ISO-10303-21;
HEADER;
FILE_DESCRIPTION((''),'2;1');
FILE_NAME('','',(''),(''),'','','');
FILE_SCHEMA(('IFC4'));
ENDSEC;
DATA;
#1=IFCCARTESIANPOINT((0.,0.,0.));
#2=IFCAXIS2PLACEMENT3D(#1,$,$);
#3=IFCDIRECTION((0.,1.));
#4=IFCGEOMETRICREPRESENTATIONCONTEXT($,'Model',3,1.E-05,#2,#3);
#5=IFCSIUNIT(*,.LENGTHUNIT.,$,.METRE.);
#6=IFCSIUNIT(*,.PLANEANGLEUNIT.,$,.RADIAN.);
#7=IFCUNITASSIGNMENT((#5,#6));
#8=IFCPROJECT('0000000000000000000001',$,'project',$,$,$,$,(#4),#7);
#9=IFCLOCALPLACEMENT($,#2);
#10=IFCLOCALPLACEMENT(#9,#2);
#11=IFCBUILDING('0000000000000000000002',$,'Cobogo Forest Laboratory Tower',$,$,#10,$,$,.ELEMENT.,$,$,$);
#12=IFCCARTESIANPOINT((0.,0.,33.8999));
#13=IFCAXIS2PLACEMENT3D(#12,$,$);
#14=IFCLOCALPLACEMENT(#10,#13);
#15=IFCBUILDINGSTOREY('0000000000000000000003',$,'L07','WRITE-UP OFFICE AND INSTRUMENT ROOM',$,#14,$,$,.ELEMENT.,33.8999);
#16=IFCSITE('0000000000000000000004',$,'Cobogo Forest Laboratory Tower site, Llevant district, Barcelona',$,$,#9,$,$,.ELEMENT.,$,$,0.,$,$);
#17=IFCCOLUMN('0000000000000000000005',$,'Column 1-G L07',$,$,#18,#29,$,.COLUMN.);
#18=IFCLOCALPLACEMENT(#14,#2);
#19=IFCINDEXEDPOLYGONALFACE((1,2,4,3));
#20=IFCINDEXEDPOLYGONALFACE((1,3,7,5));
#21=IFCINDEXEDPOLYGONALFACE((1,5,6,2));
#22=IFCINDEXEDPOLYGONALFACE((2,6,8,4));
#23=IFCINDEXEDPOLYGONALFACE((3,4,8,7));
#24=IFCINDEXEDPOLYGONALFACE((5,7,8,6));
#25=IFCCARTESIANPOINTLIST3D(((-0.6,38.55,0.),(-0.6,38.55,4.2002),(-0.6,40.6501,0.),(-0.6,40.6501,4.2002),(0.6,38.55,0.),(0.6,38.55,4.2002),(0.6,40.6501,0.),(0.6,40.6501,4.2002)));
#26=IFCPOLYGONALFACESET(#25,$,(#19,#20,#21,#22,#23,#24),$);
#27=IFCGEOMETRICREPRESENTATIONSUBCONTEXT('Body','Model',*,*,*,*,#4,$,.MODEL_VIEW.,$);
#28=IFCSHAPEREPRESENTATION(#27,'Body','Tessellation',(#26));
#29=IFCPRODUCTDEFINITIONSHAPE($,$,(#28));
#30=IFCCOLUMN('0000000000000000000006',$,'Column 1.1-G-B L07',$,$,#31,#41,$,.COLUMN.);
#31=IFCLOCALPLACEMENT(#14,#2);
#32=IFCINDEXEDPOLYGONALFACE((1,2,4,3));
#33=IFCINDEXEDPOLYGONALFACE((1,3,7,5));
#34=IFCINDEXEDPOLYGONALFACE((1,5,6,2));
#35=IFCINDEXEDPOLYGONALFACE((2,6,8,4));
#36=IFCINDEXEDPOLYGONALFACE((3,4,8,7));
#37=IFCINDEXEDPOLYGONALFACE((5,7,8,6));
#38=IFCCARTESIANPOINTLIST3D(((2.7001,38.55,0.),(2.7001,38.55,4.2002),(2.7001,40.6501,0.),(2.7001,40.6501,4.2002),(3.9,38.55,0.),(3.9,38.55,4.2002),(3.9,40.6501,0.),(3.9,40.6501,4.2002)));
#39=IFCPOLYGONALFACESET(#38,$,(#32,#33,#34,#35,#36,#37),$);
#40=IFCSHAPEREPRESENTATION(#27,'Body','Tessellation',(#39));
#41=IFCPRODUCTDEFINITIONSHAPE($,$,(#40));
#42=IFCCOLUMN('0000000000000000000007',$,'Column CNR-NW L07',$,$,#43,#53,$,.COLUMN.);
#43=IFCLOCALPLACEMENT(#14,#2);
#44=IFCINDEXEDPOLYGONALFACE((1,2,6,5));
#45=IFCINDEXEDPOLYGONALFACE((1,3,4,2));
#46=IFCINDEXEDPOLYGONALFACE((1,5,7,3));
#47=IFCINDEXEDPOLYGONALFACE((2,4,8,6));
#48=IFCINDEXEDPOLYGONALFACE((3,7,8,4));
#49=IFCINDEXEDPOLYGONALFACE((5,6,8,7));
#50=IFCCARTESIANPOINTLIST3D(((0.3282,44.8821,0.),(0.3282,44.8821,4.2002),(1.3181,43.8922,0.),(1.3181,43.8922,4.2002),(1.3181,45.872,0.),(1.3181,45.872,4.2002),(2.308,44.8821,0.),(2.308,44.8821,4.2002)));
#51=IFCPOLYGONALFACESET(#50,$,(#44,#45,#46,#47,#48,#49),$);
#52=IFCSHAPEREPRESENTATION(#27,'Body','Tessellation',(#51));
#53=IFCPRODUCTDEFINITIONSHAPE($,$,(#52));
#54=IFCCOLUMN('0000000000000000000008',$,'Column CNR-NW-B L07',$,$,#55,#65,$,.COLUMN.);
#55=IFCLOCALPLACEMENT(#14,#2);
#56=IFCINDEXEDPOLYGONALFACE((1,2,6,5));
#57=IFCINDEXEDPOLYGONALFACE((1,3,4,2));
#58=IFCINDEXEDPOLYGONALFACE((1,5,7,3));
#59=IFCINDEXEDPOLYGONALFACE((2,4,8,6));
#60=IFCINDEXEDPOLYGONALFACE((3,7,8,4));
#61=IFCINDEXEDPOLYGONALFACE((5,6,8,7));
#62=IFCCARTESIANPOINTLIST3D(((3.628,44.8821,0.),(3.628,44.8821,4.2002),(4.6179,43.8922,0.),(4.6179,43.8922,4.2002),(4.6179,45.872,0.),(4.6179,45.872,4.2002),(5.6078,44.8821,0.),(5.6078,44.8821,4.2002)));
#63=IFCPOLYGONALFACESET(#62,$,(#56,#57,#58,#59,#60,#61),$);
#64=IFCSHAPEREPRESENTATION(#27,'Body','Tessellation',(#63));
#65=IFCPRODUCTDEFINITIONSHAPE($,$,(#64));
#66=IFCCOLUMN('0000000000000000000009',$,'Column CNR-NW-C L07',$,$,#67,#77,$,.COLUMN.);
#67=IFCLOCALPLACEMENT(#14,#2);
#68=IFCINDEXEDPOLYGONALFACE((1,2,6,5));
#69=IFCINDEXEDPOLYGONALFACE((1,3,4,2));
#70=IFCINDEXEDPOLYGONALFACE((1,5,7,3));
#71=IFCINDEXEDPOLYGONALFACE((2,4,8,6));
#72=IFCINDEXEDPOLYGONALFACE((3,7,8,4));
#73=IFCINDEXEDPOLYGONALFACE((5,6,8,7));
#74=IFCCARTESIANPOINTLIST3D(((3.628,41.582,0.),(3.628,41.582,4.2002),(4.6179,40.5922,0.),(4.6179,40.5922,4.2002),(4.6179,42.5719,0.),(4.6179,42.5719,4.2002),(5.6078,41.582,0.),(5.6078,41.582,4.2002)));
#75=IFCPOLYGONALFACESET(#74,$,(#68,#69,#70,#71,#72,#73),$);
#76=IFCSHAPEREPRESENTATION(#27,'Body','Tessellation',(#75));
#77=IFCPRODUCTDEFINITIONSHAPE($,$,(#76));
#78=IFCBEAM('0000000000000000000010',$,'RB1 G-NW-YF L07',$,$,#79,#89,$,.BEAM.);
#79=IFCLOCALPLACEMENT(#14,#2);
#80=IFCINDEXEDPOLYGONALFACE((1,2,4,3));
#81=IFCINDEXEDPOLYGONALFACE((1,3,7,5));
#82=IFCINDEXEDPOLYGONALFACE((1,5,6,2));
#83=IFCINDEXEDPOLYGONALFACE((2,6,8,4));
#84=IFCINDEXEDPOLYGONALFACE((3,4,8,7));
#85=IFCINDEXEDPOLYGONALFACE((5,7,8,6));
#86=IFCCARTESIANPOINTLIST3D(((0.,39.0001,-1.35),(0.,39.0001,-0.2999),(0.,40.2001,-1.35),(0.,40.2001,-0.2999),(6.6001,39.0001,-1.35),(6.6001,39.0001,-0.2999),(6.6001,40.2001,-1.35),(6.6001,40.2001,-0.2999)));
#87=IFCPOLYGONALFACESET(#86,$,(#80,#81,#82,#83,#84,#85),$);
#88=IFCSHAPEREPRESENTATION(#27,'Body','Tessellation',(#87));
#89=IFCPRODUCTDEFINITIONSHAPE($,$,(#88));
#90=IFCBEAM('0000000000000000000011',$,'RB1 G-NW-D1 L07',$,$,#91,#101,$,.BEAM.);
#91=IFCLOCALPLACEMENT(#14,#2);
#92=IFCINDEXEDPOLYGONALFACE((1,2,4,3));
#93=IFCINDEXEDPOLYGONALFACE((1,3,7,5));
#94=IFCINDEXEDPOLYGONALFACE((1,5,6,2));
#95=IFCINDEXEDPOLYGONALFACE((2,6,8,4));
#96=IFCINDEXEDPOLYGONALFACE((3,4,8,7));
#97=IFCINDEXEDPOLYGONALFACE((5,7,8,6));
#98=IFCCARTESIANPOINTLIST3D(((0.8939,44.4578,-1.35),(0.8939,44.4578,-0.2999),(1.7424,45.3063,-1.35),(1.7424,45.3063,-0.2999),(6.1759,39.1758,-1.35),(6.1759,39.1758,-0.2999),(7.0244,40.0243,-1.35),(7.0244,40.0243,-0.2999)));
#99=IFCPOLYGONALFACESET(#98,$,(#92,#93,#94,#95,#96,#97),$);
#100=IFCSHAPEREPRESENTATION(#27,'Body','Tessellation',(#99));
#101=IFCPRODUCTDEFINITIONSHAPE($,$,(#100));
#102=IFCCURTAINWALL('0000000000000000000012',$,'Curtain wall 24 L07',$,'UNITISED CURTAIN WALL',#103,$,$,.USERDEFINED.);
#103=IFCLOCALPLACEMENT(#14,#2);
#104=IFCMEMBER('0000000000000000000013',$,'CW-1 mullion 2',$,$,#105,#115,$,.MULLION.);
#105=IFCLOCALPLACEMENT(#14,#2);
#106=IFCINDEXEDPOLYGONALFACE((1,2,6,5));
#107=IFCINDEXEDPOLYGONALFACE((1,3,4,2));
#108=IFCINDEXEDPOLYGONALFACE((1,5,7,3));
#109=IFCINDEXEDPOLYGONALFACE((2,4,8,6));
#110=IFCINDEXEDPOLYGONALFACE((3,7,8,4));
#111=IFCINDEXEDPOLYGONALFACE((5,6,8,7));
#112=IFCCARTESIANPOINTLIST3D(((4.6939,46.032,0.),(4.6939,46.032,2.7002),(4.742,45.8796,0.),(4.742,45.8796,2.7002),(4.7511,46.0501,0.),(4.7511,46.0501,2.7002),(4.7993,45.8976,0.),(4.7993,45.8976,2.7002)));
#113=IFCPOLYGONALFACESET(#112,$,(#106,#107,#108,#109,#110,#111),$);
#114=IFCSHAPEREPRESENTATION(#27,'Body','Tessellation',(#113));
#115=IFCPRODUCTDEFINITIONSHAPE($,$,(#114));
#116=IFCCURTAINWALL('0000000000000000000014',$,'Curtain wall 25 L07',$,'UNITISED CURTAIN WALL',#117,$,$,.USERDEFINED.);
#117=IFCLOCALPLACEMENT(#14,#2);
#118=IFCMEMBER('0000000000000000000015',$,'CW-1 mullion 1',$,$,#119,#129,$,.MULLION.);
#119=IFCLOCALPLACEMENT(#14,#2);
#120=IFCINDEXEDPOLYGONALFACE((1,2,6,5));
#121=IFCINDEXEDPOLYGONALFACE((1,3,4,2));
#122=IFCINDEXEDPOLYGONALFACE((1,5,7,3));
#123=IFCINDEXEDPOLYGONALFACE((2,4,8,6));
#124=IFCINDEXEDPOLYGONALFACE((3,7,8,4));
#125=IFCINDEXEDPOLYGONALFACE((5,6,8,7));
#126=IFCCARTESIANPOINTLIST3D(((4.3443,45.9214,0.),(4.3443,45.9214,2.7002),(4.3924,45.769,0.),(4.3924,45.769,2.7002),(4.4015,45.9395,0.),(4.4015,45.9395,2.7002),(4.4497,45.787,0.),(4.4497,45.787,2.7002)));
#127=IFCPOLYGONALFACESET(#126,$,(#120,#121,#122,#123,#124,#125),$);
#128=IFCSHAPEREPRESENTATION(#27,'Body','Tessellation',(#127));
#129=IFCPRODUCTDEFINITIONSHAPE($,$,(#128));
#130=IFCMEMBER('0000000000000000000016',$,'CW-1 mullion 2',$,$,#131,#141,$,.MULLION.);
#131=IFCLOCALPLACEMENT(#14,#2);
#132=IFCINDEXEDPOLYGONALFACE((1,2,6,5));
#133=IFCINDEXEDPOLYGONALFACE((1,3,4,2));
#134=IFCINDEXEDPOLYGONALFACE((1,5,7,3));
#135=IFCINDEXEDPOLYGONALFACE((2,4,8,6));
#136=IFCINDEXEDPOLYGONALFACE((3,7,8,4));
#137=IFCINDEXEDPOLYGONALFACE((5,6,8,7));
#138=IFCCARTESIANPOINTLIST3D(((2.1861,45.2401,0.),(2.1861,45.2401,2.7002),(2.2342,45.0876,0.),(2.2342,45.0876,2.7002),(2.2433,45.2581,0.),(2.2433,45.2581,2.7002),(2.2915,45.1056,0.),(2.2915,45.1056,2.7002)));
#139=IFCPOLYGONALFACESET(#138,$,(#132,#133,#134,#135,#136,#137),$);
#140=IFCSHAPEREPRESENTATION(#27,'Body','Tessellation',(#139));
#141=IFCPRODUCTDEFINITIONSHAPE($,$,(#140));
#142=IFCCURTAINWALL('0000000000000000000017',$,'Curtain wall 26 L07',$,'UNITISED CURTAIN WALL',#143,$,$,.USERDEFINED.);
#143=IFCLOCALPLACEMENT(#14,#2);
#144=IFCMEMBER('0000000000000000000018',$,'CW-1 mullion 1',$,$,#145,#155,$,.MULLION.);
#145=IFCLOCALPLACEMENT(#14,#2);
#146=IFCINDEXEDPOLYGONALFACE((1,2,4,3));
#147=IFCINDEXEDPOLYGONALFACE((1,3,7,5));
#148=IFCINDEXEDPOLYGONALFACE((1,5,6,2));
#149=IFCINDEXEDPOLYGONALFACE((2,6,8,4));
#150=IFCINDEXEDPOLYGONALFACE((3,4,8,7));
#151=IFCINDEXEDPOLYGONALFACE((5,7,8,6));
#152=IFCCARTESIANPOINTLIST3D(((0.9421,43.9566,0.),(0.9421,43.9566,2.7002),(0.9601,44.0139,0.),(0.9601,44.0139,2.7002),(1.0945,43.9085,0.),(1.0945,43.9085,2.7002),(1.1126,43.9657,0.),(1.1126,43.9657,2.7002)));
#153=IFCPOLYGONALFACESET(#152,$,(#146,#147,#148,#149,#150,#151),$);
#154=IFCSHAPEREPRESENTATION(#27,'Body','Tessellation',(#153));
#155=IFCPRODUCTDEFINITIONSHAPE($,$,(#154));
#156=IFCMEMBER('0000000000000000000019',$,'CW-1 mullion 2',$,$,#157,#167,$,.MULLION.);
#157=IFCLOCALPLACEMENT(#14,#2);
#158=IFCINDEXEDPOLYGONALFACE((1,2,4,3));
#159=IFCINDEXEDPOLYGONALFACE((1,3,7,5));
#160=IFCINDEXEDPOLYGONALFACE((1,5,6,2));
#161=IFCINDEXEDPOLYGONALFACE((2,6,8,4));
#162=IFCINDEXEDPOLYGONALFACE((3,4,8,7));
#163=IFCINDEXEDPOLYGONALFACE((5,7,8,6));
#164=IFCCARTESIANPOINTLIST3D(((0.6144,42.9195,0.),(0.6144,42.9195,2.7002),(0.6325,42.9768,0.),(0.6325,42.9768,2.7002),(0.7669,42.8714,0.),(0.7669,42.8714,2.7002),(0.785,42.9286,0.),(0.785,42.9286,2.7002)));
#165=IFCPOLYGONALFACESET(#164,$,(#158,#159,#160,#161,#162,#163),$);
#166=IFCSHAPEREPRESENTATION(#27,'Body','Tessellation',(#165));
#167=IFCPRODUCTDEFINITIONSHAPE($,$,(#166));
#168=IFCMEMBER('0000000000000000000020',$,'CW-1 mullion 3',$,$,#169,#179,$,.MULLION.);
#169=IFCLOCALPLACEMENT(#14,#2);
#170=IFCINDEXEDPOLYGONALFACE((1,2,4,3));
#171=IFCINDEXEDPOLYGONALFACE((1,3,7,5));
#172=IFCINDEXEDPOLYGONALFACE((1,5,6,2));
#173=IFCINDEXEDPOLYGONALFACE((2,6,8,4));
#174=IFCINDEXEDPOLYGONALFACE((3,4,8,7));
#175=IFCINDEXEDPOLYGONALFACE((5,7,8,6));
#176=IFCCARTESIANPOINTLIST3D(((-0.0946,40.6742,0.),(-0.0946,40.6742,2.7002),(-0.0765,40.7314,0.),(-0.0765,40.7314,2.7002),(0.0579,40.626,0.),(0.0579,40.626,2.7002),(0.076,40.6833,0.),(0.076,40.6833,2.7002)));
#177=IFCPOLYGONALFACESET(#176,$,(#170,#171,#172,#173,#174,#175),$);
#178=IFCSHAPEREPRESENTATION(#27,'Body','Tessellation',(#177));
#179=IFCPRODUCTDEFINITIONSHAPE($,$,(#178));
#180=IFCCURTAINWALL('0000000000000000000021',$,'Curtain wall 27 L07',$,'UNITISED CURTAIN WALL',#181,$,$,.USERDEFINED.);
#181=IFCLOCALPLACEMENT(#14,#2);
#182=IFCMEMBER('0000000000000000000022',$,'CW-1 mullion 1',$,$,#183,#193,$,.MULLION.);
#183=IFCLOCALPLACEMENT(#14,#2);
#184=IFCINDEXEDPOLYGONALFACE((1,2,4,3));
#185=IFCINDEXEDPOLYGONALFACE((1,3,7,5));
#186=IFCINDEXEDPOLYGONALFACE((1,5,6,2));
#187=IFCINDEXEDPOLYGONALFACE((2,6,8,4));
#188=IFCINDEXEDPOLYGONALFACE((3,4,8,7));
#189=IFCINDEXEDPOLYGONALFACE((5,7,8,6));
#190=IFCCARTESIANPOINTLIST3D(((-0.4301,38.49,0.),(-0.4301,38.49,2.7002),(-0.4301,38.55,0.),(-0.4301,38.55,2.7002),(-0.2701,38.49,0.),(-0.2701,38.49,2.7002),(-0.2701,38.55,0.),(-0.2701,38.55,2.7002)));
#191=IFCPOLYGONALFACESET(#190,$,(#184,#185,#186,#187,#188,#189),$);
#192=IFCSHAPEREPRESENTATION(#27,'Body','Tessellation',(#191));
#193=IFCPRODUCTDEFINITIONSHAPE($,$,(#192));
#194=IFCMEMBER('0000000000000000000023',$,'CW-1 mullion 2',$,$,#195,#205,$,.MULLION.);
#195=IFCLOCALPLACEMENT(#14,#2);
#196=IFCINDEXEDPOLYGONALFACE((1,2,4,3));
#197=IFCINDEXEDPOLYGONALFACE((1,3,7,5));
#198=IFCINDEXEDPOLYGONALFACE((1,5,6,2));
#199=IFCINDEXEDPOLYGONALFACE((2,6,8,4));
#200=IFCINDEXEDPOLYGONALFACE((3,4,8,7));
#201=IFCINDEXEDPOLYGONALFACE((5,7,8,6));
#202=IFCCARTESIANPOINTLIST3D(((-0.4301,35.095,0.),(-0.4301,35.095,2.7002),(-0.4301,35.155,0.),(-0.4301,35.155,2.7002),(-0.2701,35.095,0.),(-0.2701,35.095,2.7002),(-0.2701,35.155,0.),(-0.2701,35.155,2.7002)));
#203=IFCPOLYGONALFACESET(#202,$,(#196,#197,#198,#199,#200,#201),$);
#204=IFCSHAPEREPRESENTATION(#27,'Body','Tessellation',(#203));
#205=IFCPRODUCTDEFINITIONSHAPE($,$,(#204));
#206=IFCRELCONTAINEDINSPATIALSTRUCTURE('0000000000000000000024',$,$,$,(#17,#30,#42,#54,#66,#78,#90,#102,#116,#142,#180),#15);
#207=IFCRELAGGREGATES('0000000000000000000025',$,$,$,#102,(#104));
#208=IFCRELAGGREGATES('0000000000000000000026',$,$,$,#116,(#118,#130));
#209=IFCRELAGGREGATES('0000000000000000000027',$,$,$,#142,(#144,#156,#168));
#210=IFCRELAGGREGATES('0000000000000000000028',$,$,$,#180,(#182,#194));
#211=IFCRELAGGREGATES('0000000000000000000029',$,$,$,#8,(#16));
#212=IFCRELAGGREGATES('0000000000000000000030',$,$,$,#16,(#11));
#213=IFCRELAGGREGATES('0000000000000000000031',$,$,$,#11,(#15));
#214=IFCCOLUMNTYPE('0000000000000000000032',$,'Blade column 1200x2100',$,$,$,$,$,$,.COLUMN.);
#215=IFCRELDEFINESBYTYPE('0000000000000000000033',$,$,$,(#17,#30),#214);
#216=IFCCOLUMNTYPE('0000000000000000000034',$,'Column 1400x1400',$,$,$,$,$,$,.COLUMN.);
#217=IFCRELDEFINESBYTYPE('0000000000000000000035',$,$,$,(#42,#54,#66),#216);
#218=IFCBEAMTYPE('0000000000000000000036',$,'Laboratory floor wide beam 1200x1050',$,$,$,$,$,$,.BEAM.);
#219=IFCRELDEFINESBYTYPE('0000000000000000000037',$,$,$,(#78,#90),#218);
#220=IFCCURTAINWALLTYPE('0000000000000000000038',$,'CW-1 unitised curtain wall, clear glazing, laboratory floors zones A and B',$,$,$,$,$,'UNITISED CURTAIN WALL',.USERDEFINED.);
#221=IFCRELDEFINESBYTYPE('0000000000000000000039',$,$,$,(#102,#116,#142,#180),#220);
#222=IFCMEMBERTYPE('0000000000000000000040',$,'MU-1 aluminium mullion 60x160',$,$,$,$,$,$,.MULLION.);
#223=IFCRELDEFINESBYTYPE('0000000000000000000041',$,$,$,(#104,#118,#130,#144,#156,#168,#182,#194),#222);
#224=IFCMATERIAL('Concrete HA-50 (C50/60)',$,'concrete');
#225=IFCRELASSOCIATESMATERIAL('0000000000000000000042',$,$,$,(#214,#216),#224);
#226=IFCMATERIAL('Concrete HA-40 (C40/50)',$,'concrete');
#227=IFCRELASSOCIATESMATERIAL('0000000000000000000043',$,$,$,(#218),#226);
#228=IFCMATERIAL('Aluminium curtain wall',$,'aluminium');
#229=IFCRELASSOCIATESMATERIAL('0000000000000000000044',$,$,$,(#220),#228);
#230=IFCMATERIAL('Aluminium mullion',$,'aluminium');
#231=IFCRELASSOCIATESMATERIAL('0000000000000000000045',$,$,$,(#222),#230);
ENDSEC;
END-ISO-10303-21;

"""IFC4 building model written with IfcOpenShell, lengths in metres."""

from ifc_helpers import new_model, si_unit, direction, frame, origin, origin_2d, place, context, subcontext, project, spatial, rectangle, extrude, material, material_profile, profile_set, type_object, element, aggregate, save


model = new_model("IFC4")

# Units and contexts
model_context = context("Model", 3, precision=1e-05, world=origin(), true_north=direction((0.0, 1.0)))
body_context = subcontext(model_context, "Body", "Model", "MODEL_VIEW")
ifc_project = project(units=[si_unit("LENGTHUNIT", "METRE"), si_unit("PLANEANGLEUNIT", "RADIAN")], contexts=[model_context])

# Site, building, storey
site_placement = place(None, origin())
site = spatial("IfcSite", under=ifc_project, at=site_placement, Name="Cobogo Forest Laboratory Tower site, Llevant district, Barcelona", CompositionType="ELEMENT", RefElevation=0.0)
building_placement = place(site_placement, origin())
building = spatial("IfcBuilding", under=site, at=building_placement, Name="Cobogo Forest Laboratory Tower", CompositionType="ELEMENT")
storey_placement = place(building_placement, frame((0.0, 0.0, 33.8999)))
storey = spatial("IfcBuildingStorey", under=building, at=storey_placement, Name="L07", Description="WRITE-UP OFFICE AND INSTRUMENT ROOM", CompositionType="ELEMENT", Elevation=33.8999)

# Columns
ifc_material_1 = material(Name="Concrete HA-50 (C50/60)", Category="concrete")
ifc_material_profile_1 = material_profile(ifc_material_1, rectangle(XDim=2.1001, YDim=1.2, at=origin_2d()), Name="RC 1200x2100")
ifc_profile_set_1 = profile_set([ifc_material_profile_1], Name="Concrete HA-50 (C50/60)")
column_type_1 = type_object("IfcColumnType", Name="Blade column 1200x2100", PredefinedType="COLUMN", material=ifc_profile_set_1)
for number, where, z_axis, x_axis, name in (
    (1, (0.0, 39.6001, 0.0), (0.0, 0.0, 1.0), (0.0, 1.0, 0.0), "Column 1-G L07"),
    (2, (3.3, 39.6001, 0.0), (0.0, 0.0, 1.0), (0.0, 1.0, 0.0), "Column 1.1-G-B L07"),
):
    element("IfcColumn", number, at=place(storey_placement, frame(where, z_axis=z_axis, x_axis=x_axis)), inside=storey, type_object=column_type_1, Name=name, PredefinedType="COLUMN", context=body_context, shape_type="SweptSolid", body=[
        extrude(rectangle(XDim=2.1001, YDim=1.2, at=origin_2d()), origin(), (0.0, 0.0, 1.0), 4.2002),
    ])
ifc_material_profile_2 = material_profile(ifc_material_1, rectangle(XDim=1.3999, YDim=1.3999, at=origin_2d()), Name="RC 1400x1400")
ifc_profile_set_2 = profile_set([ifc_material_profile_2], Name="Concrete HA-50 (C50/60)")
column_type_2 = type_object("IfcColumnType", Name="Column 1400x1400", PredefinedType="COLUMN", material=ifc_profile_set_2)
for number, where, z_axis, x_axis, name in (
    (3, (1.3181, 44.8821, 0.0), (0.0, 0.0, 1.0), (0.707107, 0.707107, 0.0), "Column CNR-NW L07"),
    (4, (4.6179, 44.8821, 0.0), (0.0, 0.0, 1.0), (0.707107, 0.707107, 0.0), "Column CNR-NW-B L07"),
    (5, (4.6179, 41.582, 0.0), (0.0, 0.0, 1.0), (0.707107, 0.707107, 0.0), "Column CNR-NW-C L07"),
):
    element("IfcColumn", number, at=place(storey_placement, frame(where, z_axis=z_axis, x_axis=x_axis)), inside=storey, type_object=column_type_2, Name=name, PredefinedType="COLUMN", context=body_context, shape_type="SweptSolid", body=[
        extrude(rectangle(XDim=1.3999, YDim=1.3999, at=origin_2d()), origin(), (0.0, 0.0, 1.0), 4.2002),
    ])

# Beams
ifc_material_2 = material(Name="Concrete HA-40 (C40/50)", Category="concrete")
ifc_material_profile_3 = material_profile(ifc_material_2, rectangle(XDim=1.2, YDim=1.05, at=origin_2d()), Name="RC 1200x1050")
ifc_profile_set_3 = profile_set([ifc_material_profile_3], Name="Concrete HA-40 (C40/50)")
beam_type_1 = type_object("IfcBeamType", Name="Laboratory floor wide beam 1200x1050", PredefinedType="BEAM", material=ifc_profile_set_3)
beam_1_placement = place(storey_placement, frame((0.0, 39.6001, -0.825), z_axis=(1.0, 0.0, 0.0), x_axis=(0.0, 1.0, 0.0)))
element("IfcBeam", 6, at=beam_1_placement, inside=storey, type_object=beam_type_1, Name="RB1 G-NW-YF L07", PredefinedType="BEAM", context=body_context, shape_type="SweptSolid", body=[
    extrude(rectangle(XDim=1.2, YDim=1.05, at=origin_2d()), origin(), (0.0, 0.0, 1.0), 6.6001),
])
beam_2_placement = place(storey_placement, frame((1.3181, 44.8821, -0.825), z_axis=(0.707107, -0.707107, 0.0), x_axis=(0.707107, 0.707107, 0.0)))
element("IfcBeam", 7, at=beam_2_placement, inside=storey, type_object=beam_type_1, Name="RB1 G-NW-D1 L07", PredefinedType="BEAM", context=body_context, shape_type="SweptSolid", body=[
    extrude(rectangle(XDim=1.2, YDim=1.05, at=origin_2d()), origin(), (0.0, 0.0, 1.0), 7.47),
])

# Curtain wall, member
ifc_material_3 = material(Name="Aluminium curtain wall", Category="aluminium")
curtain_wall_type = type_object("IfcCurtainWallType", Name="CW-1 unitised curtain wall, clear glazing, laboratory floors zones A and B", ElementType="UNITISED CURTAIN WALL", PredefinedType="USERDEFINED", material=ifc_material_3)
curtain_wall_1_placement = place(storey_placement, origin())
curtain_wall_1 = element("IfcCurtainWall", 8, at=curtain_wall_1_placement, inside=storey, type_object=curtain_wall_type, Name="Curtain wall 24 L07", ObjectType="UNITISED CURTAIN WALL", PredefinedType="USERDEFINED")
ifc_material_4 = material(Name="Aluminium mullion", Category="aluminium")
ifc_material_profile_4 = material_profile(ifc_material_4, rectangle(XDim=0.0601, YDim=0.1599, at=origin_2d()), Name="AL 60x160")
ifc_profile_set_4 = profile_set([ifc_material_profile_4], Name="Aluminium mullion")
member_type_1 = type_object("IfcMemberType", Name="MU-1 aluminium mullion 60x160", PredefinedType="MULLION", material=ifc_profile_set_4)
member_1_placement = place(storey_placement, frame((4.7466, 45.9648, 0.0), z_axis=(0.0, 0.0, 1.0), x_axis=(-0.953582, -0.301135, 0.0)))
member_1 = element("IfcMember", 9, at=member_1_placement, type_object=member_type_1, Name="CW-1 mullion 2", PredefinedType="MULLION", context=body_context, shape_type="SweptSolid", body=[
    extrude(rectangle(XDim=0.0601, YDim=0.1599, at=origin_2d()), origin(), (0.0, 0.0, 1.0), 2.7002),
])

# Curtain walls, members
curtain_wall_2_placement = place(storey_placement, origin())
curtain_wall_2 = element("IfcCurtainWall", 10, at=curtain_wall_2_placement, inside=storey, type_object=curtain_wall_type, Name="Curtain wall 25 L07", ObjectType="UNITISED CURTAIN WALL", PredefinedType="USERDEFINED")
member_2_placement = place(storey_placement, frame((4.397, 45.8542, 0.0), z_axis=(0.0, 0.0, 1.0), x_axis=(-0.953581, -0.301135, 0.0)))
member_2 = element("IfcMember", 11, at=member_2_placement, type_object=member_type_1, Name="CW-1 mullion 1", PredefinedType="MULLION", context=body_context, shape_type="SweptSolid", body=[
    extrude(rectangle(XDim=0.0601, YDim=0.1599, at=origin_2d()), origin(), (0.0, 0.0, 1.0), 2.7002),
])
member_3_placement = place(storey_placement, frame((2.2388, 45.1729, 0.0), z_axis=(0.0, 0.0, 1.0), x_axis=(-0.953581, -0.301135, 0.0)))
member_3 = element("IfcMember", 12, at=member_3_placement, type_object=member_type_1, Name="CW-1 mullion 2", PredefinedType="MULLION", context=body_context, shape_type="SweptSolid", body=[
    extrude(rectangle(XDim=0.0601, YDim=0.1599, at=origin_2d()), origin(), (0.0, 0.0, 1.0), 2.7002),
])
curtain_wall_3_placement = place(storey_placement, origin())
curtain_wall_3 = element("IfcCurtainWall", 13, at=curtain_wall_3_placement, inside=storey, type_object=curtain_wall_type, Name="Curtain wall 26 L07", ObjectType="UNITISED CURTAIN WALL", PredefinedType="USERDEFINED")
member_4_placement = place(storey_placement, frame((1.0273, 43.9612, 0.0), z_axis=(0.0, 0.0, 1.0), x_axis=(-0.301135, -0.953581, 0.0)))
member_4 = element("IfcMember", 14, at=member_4_placement, type_object=member_type_1, Name="CW-1 mullion 1", PredefinedType="MULLION", context=body_context, shape_type="SweptSolid", body=[
    extrude(rectangle(XDim=0.0601, YDim=0.1599, at=origin_2d()), origin(), (0.0, 0.0, 1.0), 2.7002),
])
member_5_placement = place(storey_placement, frame((0.6997, 42.9241, 0.0), z_axis=(0.0, 0.0, 1.0), x_axis=(-0.301135, -0.953581, 0.0)))
member_5 = element("IfcMember", 15, at=member_5_placement, type_object=member_type_1, Name="CW-1 mullion 2", PredefinedType="MULLION", context=body_context, shape_type="SweptSolid", body=[
    extrude(rectangle(XDim=0.0601, YDim=0.1599, at=origin_2d()), origin(), (0.0, 0.0, 1.0), 2.7002),
])
member_6_placement = place(storey_placement, frame((-0.0093, 40.6787, 0.0), z_axis=(0.0, 0.0, 1.0), x_axis=(-0.301135, -0.953581, 0.0)))
member_6 = element("IfcMember", 16, at=member_6_placement, type_object=member_type_1, Name="CW-1 mullion 3", PredefinedType="MULLION", context=body_context, shape_type="SweptSolid", body=[
    extrude(rectangle(XDim=0.0601, YDim=0.1599, at=origin_2d()), origin(), (0.0, 0.0, 1.0), 2.7002),
])
curtain_wall_4_placement = place(storey_placement, origin())
curtain_wall_4 = element("IfcCurtainWall", 17, at=curtain_wall_4_placement, inside=storey, type_object=curtain_wall_type, Name="Curtain wall 27 L07", ObjectType="UNITISED CURTAIN WALL", PredefinedType="USERDEFINED")
member_7_placement = place(storey_placement, frame((-0.3501, 38.52, 0.0), z_axis=(0.0, 0.0, 1.0), x_axis=(0.0, -1.0, 0.0)))
member_7 = element("IfcMember", 18, at=member_7_placement, type_object=member_type_1, Name="CW-1 mullion 1", PredefinedType="MULLION", context=body_context, shape_type="SweptSolid", body=[
    extrude(rectangle(XDim=0.0601, YDim=0.1599, at=origin_2d()), origin(), (0.0, 0.0, 1.0), 2.7002),
])
member_8_placement = place(storey_placement, frame((-0.3501, 35.125, 0.0), z_axis=(0.0, 0.0, 1.0), x_axis=(0.0, -1.0, 0.0)))
member_8 = element("IfcMember", 19, at=member_8_placement, type_object=member_type_1, Name="CW-1 mullion 2", PredefinedType="MULLION", context=body_context, shape_type="SweptSolid", body=[
    extrude(rectangle(XDim=0.0601, YDim=0.1599, at=origin_2d()), origin(), (0.0, 0.0, 1.0), 2.7002),
])

aggregate(curtain_wall_1, [member_1])
aggregate(curtain_wall_2, [member_2, member_3])
aggregate(curtain_wall_3, [member_4, member_5, member_6])
aggregate(curtain_wall_4, [member_7, member_8])

save(model, "model.ifc")
